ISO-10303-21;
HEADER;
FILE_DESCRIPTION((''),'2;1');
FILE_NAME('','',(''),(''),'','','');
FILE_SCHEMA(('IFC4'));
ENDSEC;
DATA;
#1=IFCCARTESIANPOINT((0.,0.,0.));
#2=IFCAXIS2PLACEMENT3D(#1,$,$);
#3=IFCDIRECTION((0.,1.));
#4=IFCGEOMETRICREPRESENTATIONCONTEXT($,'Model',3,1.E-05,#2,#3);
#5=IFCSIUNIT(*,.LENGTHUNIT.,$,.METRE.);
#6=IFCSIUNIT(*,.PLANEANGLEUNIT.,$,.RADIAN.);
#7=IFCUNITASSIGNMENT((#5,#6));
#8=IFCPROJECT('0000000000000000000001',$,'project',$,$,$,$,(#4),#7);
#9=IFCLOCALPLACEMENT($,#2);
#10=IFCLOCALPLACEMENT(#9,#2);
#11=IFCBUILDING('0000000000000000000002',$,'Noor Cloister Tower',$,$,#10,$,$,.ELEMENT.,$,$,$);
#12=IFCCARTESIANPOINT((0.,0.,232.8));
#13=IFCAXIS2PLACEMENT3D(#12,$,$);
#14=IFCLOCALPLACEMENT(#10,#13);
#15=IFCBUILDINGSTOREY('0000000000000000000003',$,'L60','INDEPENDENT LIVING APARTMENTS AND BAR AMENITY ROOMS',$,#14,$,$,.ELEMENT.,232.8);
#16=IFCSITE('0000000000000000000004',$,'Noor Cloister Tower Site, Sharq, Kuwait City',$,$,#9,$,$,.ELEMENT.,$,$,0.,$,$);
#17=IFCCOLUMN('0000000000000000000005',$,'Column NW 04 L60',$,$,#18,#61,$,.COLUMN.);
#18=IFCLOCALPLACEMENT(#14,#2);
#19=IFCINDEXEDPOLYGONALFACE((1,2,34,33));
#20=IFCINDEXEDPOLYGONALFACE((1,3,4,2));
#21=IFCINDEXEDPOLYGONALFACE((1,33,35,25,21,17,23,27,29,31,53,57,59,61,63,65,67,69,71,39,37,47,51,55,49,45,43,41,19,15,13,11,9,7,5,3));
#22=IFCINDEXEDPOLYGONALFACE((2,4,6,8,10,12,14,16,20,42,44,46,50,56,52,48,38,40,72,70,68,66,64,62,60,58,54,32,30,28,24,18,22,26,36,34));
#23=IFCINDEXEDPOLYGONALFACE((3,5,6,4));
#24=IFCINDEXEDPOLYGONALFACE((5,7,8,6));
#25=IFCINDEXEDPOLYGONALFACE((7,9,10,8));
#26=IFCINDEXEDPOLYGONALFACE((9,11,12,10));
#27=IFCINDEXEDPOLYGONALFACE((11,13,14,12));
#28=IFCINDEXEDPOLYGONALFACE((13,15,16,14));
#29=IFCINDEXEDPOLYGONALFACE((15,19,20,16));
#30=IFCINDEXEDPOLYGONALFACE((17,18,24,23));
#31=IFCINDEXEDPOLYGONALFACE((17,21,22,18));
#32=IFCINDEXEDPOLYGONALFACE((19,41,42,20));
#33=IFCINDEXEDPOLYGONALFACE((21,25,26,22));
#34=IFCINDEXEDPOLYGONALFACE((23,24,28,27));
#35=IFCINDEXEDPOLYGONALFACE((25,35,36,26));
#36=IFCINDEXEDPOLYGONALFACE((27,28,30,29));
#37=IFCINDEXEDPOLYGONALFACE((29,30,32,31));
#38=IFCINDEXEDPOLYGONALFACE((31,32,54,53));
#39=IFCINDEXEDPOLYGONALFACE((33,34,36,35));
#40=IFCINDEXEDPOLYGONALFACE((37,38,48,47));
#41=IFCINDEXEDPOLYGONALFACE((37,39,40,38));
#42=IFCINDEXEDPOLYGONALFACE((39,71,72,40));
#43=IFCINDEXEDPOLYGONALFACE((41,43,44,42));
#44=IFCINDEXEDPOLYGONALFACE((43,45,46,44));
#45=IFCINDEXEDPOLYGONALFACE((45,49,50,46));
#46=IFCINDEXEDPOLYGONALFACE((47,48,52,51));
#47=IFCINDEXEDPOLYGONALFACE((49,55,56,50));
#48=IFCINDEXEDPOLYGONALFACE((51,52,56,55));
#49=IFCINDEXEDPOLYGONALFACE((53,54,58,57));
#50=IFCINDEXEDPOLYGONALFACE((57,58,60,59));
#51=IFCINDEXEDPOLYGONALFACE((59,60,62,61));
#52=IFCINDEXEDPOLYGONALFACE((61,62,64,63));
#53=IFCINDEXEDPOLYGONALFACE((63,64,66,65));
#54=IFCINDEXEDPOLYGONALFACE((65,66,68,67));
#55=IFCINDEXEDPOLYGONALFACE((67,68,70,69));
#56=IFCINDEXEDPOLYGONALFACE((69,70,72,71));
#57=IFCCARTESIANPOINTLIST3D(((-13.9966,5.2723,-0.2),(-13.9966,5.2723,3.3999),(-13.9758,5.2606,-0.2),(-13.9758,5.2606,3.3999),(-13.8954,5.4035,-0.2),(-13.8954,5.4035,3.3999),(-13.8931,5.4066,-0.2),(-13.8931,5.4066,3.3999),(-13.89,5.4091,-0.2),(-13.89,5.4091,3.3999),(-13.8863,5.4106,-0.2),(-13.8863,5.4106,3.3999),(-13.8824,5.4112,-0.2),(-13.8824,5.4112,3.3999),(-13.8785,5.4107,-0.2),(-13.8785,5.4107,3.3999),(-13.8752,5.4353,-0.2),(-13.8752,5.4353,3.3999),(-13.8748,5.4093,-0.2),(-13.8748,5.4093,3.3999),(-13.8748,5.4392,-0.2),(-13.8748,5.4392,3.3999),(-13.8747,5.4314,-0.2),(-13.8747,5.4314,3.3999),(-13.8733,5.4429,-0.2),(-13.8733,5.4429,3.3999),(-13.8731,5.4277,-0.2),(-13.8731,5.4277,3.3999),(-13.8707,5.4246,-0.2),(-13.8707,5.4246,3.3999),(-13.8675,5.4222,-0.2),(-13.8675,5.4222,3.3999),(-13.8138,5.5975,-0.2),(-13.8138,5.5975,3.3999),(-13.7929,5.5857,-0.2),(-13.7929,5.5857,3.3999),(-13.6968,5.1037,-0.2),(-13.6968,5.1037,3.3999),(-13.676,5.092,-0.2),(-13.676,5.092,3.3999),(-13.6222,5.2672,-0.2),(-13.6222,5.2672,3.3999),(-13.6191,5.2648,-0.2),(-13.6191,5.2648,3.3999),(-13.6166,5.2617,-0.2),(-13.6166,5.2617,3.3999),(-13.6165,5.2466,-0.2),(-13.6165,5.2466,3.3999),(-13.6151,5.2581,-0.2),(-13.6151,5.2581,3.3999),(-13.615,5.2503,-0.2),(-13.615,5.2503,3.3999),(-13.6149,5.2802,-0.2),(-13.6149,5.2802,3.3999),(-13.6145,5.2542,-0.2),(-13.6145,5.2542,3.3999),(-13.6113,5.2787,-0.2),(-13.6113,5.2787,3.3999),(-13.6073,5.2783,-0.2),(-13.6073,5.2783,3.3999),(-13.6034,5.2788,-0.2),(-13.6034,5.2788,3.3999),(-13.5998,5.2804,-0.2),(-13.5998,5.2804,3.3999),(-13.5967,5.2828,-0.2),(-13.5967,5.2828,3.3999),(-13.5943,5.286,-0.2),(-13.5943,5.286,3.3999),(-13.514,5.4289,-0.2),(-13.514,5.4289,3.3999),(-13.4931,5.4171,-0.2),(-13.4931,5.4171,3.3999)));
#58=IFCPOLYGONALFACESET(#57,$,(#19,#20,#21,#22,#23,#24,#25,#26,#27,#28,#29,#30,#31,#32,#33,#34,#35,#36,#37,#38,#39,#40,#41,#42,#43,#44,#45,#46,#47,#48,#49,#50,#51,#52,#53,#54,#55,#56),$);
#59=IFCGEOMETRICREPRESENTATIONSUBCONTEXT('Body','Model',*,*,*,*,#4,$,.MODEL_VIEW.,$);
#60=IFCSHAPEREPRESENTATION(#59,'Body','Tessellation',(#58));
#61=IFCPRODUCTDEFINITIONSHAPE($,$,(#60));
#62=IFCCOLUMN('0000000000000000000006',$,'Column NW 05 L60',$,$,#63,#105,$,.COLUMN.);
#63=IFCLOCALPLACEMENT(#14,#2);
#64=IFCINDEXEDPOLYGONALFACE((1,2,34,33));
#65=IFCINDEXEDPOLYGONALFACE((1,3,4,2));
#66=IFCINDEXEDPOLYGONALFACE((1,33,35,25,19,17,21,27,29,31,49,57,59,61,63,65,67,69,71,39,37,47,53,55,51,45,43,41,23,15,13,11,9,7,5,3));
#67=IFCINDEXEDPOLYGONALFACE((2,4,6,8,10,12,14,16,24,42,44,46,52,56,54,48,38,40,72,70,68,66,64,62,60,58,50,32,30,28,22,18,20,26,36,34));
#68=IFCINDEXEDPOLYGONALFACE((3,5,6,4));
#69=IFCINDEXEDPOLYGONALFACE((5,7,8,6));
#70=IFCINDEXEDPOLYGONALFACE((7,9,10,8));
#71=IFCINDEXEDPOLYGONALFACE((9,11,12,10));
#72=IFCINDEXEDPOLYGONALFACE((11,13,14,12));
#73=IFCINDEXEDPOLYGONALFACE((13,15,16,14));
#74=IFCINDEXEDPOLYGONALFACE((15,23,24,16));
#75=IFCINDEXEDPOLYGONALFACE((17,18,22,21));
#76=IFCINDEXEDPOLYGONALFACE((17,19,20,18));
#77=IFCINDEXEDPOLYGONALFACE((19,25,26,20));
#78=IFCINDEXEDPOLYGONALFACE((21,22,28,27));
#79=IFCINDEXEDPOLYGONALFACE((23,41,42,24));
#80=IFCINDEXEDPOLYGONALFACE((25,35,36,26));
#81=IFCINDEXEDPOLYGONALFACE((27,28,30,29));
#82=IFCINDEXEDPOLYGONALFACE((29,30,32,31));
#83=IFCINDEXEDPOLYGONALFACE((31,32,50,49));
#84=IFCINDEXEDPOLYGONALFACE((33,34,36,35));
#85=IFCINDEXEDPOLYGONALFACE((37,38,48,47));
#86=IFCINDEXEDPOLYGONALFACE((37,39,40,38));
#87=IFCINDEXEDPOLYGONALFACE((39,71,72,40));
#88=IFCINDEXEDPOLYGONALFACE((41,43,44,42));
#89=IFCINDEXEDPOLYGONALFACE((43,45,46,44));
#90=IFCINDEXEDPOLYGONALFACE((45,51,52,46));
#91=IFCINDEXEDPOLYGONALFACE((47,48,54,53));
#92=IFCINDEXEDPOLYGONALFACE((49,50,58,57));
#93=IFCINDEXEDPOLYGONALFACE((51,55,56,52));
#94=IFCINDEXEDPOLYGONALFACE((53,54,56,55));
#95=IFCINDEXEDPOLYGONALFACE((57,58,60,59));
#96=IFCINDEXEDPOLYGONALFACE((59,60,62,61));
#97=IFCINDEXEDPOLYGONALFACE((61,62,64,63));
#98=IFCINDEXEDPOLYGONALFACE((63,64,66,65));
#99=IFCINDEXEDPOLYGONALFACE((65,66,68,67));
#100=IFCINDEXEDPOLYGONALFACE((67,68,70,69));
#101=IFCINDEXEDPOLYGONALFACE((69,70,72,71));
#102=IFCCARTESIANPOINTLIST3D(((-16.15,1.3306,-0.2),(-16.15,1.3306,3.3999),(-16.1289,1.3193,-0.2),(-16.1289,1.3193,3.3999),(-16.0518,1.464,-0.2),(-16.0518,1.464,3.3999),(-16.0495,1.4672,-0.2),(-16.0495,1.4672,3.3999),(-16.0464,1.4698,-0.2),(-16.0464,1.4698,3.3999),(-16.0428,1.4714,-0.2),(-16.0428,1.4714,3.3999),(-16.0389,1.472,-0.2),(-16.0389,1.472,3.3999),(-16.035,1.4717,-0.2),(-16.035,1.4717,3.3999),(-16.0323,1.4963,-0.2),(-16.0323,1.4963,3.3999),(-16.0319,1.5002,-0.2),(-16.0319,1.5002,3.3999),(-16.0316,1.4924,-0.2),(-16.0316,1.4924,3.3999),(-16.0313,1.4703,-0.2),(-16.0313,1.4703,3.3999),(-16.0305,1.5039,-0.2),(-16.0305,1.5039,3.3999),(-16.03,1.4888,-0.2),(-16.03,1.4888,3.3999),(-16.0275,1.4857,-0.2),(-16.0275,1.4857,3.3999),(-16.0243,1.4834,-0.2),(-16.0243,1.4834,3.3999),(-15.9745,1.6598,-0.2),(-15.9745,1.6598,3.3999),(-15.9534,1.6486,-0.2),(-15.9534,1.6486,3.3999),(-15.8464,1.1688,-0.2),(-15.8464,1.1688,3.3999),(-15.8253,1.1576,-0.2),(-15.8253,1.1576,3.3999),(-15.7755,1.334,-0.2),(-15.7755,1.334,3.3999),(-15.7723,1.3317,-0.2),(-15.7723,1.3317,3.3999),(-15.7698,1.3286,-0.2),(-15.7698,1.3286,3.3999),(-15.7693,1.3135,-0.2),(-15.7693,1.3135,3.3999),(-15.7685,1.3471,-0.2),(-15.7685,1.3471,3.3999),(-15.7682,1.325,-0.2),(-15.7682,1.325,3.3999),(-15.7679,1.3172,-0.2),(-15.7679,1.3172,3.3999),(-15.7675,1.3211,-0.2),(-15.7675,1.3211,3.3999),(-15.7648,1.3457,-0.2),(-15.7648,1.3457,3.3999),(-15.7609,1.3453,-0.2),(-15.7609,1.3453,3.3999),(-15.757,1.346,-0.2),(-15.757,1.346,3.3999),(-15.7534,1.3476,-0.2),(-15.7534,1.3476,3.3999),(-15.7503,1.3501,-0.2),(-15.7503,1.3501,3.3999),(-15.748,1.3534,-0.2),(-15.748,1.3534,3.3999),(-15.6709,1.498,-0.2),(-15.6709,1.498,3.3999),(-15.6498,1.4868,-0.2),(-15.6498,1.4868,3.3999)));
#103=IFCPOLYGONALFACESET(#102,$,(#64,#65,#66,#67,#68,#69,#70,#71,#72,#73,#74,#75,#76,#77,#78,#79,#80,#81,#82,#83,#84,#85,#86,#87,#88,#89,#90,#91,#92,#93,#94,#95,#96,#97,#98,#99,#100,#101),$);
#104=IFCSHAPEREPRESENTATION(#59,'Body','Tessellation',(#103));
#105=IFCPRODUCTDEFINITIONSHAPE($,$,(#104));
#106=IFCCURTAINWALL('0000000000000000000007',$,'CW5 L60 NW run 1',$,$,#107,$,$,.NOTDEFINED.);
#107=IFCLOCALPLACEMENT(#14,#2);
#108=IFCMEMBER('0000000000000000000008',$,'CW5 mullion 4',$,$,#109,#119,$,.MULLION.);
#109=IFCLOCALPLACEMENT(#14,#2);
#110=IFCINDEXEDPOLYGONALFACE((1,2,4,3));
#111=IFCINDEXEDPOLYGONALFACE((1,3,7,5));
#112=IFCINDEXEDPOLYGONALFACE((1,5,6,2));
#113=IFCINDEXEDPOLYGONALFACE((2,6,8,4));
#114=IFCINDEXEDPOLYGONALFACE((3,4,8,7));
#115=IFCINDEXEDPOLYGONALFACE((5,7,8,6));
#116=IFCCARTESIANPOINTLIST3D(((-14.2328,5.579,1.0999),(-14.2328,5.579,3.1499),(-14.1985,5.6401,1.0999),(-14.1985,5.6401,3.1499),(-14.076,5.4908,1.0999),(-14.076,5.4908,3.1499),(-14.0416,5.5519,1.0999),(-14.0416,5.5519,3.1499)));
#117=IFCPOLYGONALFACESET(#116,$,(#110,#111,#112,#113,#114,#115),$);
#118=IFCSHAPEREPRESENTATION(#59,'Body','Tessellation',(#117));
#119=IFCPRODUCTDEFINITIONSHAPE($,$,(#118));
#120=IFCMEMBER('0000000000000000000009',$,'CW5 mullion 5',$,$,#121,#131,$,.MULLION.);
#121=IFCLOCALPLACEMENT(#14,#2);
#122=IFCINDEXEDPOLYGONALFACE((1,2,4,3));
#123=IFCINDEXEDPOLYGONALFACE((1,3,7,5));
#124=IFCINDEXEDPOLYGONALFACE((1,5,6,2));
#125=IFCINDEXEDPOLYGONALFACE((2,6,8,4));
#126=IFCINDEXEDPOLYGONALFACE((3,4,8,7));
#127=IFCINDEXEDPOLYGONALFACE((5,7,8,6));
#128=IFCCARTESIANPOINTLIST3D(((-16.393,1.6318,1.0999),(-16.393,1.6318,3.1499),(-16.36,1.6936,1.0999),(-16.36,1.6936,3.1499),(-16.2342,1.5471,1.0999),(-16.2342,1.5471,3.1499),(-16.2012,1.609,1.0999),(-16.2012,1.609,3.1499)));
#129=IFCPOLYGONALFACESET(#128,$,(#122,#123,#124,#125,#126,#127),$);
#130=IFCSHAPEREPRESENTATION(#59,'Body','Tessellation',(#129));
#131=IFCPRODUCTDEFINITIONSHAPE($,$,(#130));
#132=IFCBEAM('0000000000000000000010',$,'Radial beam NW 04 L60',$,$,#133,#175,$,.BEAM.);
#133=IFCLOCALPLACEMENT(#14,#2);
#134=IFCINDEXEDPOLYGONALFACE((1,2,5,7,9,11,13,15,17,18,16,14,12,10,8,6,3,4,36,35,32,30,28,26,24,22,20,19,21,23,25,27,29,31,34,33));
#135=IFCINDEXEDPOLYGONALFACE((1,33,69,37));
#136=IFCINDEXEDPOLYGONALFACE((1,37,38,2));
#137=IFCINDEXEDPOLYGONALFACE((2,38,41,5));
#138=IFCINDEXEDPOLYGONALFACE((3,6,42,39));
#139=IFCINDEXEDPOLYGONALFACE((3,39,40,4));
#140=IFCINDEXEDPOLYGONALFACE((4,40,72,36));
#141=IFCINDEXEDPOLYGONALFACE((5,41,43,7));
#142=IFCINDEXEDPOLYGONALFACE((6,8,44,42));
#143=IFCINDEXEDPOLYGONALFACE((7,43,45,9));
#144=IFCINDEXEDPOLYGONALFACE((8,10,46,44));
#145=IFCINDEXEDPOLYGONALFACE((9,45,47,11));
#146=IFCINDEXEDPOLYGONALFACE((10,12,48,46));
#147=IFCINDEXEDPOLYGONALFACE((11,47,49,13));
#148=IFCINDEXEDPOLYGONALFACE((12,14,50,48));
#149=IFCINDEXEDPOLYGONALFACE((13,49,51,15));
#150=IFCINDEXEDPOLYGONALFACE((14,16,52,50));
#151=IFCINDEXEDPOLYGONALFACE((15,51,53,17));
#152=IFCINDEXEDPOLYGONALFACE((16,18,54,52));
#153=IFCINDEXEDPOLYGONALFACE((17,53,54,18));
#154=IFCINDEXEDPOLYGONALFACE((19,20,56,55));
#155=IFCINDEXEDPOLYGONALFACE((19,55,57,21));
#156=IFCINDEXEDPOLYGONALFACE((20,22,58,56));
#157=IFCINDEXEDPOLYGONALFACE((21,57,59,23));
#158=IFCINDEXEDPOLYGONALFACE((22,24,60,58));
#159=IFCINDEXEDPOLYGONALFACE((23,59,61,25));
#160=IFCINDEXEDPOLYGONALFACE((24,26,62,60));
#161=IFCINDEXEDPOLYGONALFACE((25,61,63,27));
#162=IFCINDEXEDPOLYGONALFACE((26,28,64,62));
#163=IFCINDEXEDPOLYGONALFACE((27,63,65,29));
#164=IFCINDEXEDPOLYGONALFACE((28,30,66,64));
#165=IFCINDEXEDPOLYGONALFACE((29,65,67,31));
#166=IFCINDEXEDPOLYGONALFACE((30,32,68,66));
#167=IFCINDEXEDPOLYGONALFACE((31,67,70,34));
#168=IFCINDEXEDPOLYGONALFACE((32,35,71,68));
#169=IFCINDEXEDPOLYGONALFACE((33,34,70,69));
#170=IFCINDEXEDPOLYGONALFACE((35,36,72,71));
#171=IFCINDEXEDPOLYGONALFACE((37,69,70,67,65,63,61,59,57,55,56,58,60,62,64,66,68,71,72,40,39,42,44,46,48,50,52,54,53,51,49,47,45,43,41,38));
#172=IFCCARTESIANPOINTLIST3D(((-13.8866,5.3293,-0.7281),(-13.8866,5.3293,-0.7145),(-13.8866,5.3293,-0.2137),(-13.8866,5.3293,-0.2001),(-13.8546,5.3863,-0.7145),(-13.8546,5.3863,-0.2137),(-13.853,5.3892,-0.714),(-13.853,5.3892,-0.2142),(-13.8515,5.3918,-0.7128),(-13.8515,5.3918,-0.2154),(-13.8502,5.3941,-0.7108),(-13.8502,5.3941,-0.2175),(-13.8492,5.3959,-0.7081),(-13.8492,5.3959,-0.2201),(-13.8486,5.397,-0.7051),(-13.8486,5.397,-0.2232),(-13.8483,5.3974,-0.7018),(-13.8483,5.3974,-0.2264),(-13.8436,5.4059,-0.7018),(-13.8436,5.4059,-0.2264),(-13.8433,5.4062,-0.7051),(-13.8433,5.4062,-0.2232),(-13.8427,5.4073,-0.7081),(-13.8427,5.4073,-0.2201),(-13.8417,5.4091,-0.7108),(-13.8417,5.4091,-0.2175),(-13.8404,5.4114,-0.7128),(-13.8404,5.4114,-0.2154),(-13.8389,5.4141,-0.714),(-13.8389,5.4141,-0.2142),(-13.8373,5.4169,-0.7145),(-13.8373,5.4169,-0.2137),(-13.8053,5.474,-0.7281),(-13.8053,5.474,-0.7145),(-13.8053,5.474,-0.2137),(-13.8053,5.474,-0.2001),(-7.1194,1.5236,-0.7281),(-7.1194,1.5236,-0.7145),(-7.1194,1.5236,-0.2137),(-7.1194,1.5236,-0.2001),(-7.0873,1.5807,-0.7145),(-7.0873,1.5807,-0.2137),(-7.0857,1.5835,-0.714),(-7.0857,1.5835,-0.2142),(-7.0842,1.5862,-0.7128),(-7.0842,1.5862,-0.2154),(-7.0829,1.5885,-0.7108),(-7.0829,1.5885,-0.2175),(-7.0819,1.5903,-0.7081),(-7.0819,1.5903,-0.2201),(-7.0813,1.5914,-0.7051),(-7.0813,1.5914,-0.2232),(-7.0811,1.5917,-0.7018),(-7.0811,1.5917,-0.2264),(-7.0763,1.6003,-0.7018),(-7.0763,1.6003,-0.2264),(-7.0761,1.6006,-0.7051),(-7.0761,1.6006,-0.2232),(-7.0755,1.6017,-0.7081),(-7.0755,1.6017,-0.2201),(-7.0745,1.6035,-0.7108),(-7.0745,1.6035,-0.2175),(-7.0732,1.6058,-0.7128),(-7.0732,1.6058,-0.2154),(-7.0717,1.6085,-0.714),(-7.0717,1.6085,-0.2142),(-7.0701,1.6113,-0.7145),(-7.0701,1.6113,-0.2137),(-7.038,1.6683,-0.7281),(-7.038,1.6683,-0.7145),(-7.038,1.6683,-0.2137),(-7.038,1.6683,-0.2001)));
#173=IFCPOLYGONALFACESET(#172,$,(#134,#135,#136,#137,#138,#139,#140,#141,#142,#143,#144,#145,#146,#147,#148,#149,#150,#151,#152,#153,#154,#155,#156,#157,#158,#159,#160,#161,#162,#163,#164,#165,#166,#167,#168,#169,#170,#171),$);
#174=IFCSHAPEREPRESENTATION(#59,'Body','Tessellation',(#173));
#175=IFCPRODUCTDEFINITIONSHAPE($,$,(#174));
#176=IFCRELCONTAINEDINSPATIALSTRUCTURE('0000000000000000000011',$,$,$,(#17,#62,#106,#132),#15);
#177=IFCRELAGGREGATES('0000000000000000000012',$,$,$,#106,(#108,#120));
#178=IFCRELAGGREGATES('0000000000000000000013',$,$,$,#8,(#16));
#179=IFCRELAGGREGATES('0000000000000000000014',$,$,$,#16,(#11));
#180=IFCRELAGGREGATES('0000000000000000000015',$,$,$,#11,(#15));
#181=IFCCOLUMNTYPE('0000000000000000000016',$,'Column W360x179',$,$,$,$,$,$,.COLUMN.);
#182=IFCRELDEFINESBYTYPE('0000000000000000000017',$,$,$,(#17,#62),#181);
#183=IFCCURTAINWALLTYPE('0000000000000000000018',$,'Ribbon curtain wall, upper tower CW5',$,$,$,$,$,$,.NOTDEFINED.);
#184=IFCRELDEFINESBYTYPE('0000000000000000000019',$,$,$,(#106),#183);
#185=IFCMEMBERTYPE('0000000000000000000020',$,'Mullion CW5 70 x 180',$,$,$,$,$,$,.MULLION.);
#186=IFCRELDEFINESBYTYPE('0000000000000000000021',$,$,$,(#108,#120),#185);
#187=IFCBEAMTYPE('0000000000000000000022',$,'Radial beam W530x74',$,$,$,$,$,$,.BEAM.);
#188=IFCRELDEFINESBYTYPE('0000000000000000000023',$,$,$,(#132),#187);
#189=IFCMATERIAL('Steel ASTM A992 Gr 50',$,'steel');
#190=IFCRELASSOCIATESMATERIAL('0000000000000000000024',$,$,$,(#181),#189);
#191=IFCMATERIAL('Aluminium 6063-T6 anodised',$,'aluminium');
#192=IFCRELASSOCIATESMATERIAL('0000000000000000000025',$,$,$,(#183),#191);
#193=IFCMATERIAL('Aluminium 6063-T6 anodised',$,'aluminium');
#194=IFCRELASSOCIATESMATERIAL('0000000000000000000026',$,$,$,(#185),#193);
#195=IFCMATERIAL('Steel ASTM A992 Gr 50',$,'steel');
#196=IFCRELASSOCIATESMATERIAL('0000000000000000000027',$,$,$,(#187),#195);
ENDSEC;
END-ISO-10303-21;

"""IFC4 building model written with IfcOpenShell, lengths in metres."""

from ifc_helpers import new_model, si_unit, direction, frame, origin, origin_2d, place, context, subcontext, project, spatial, rectangle, i_section, extrude, material, material_profile, profile_set, type_object, element, aggregate, save


model = new_model("IFC4")

# Units and contexts
model_context = context("Model", 3, precision=1e-05, world=origin(), true_north=direction((0.0, 1.0)))
body_context = subcontext(model_context, "Body", "Model", "MODEL_VIEW")
ifc_project = project(units=[si_unit("LENGTHUNIT", "METRE"), si_unit("PLANEANGLEUNIT", "RADIAN")], contexts=[model_context])

# Site, building, storey
site_placement = place(None, origin())
site = spatial("IfcSite", under=ifc_project, at=site_placement, Name="Noor Cloister Tower Site, Sharq, Kuwait City", CompositionType="ELEMENT", RefElevation=0.0)
building_placement = place(site_placement, origin())
building = spatial("IfcBuilding", under=site, at=building_placement, Name="Noor Cloister Tower", CompositionType="ELEMENT")
storey_placement = place(building_placement, frame((0.0, 0.0, 232.8)))
storey = spatial("IfcBuildingStorey", under=building, at=storey_placement, Name="L60", Description="INDEPENDENT LIVING APARTMENTS AND BAR AMENITY ROOMS", CompositionType="ELEMENT", Elevation=232.8)

# Columns
ifc_material_1 = material(Name="Steel ASTM A992 Gr 50", Category="steel")
ifc_material_profile_1 = material_profile(ifc_material_1, i_section(OverallWidth=0.373, OverallDepth=0.3679, WebThickness=0.0149, FlangeThickness=0.0239, FilletRadius=0.0151, at=origin_2d()), Name="W360x179")
ifc_profile_set_1 = profile_set([ifc_material_profile_1], Name="Steel ASTM A992 Gr 50")
column_type = type_object("IfcColumnType", Name="Column W360x179", PredefinedType="COLUMN", material=ifc_profile_set_1)
for number, where, z_axis, x_axis, name in (
    (1, (-13.7449, 5.3447, -0.2), (0.0, 0.0, 1.0), (-0.49016, -0.871632, 0.0), "Column NW 04 L60"),
    (2, (-15.8999, 1.4087, -0.2), (0.0, 0.0, 1.0), (-0.470293, -0.88251, 0.0), "Column NW 05 L60"),
):
    element("IfcColumn", number, at=place(storey_placement, frame(where, z_axis=z_axis, x_axis=x_axis)), inside=storey, type_object=column_type, Name=name, PredefinedType="COLUMN", context=body_context, shape_type="SweptSolid", body=[
        extrude(i_section(OverallWidth=0.373, OverallDepth=0.3679, WebThickness=0.0149, FlangeThickness=0.0239, FilletRadius=0.0151, at=origin_2d()), origin(), (0.0, 0.0, 1.0), 3.5999),
    ])

# Curtain wall, members
ifc_material_2 = material(Name="Aluminium 6063-T6 anodised", Category="aluminium")
curtain_wall_type = type_object("IfcCurtainWallType", Name="Ribbon curtain wall, upper tower CW5", PredefinedType="NOTDEFINED", material=ifc_material_2)
curtain_wall_placement = place(storey_placement, origin())
curtain_wall = element("IfcCurtainWall", 3, at=curtain_wall_placement, inside=storey, type_object=curtain_wall_type, Name="CW5 L60 NW run 1", PredefinedType="NOTDEFINED")
ifc_material_3 = material(Name="Aluminium 6063-T6 anodised", Category="aluminium")
ifc_material_profile_2 = material_profile(ifc_material_3, rectangle(XDim=0.1799, YDim=0.0701, at=origin_2d()), Name="180 x 70 mullion")
ifc_profile_set_2 = profile_set([ifc_material_profile_2], Name="Aluminium 6063-T6 anodised")
member_type = type_object("IfcMemberType", Name="Mullion CW5 70 x 180", PredefinedType="MULLION", material=ifc_profile_set_2)
member_1_placement = place(storey_placement, frame((-14.1372, 5.5654, 1.0999), z_axis=(0.0, 0.0, 1.0), x_axis=(0.871632, -0.49016, 0.0)))
member_1 = element("IfcMember", 4, at=member_1_placement, type_object=member_type, Name="CW5 mullion 4", PredefinedType="MULLION", context=body_context, shape_type="SweptSolid", body=[
    extrude(rectangle(XDim=0.1799, YDim=0.0701, at=origin_2d()), origin(), (0.0, 0.0, 1.0), 2.05),
])
member_2_placement = place(storey_placement, frame((-16.2971, 1.6204, 1.0999), z_axis=(0.0, 0.0, 1.0), x_axis=(0.88251, -0.470293, 0.0)))
member_2 = element("IfcMember", 5, at=member_2_placement, type_object=member_type, Name="CW5 mullion 5", PredefinedType="MULLION", context=body_context, shape_type="SweptSolid", body=[
    extrude(rectangle(XDim=0.1799, YDim=0.0701, at=origin_2d()), origin(), (0.0, 0.0, 1.0), 2.05),
])

# Beam
ifc_material_4 = material(Name="Steel ASTM A992 Gr 50", Category="steel")
ifc_material_profile_3 = material_profile(ifc_material_4, i_section(OverallWidth=0.166, OverallDepth=0.5281, WebThickness=0.0098, FlangeThickness=0.0137, FilletRadius=0.0127, at=origin_2d()), Name="W530x74")
ifc_profile_set_3 = profile_set([ifc_material_profile_3], Name="Steel ASTM A992 Gr 50")
beam_type_1 = type_object("IfcBeamType", Name="Radial beam W530x74", PredefinedType="BEAM", material=ifc_profile_set_3)
beam_1_placement = place(storey_placement, frame((-13.8459, 5.4016, -0.4641), z_axis=(0.871628, -0.490167, 0.0), x_axis=(0.490167, 0.871628, 0.0)))
element("IfcBeam", 6, at=beam_1_placement, inside=storey, type_object=beam_type_1, Name="Radial beam NW 04 L60", PredefinedType="BEAM", context=body_context, shape_type="SweptSolid", body=[
    extrude(i_section(OverallWidth=0.166, OverallDepth=0.5281, WebThickness=0.0098, FlangeThickness=0.0137, FilletRadius=0.0127, at=origin_2d()), origin(), (0.0, 0.0, 1.0), 7.7639),
])

aggregate(curtain_wall, [member_1, member_2])

save(model, "model.ifc")
